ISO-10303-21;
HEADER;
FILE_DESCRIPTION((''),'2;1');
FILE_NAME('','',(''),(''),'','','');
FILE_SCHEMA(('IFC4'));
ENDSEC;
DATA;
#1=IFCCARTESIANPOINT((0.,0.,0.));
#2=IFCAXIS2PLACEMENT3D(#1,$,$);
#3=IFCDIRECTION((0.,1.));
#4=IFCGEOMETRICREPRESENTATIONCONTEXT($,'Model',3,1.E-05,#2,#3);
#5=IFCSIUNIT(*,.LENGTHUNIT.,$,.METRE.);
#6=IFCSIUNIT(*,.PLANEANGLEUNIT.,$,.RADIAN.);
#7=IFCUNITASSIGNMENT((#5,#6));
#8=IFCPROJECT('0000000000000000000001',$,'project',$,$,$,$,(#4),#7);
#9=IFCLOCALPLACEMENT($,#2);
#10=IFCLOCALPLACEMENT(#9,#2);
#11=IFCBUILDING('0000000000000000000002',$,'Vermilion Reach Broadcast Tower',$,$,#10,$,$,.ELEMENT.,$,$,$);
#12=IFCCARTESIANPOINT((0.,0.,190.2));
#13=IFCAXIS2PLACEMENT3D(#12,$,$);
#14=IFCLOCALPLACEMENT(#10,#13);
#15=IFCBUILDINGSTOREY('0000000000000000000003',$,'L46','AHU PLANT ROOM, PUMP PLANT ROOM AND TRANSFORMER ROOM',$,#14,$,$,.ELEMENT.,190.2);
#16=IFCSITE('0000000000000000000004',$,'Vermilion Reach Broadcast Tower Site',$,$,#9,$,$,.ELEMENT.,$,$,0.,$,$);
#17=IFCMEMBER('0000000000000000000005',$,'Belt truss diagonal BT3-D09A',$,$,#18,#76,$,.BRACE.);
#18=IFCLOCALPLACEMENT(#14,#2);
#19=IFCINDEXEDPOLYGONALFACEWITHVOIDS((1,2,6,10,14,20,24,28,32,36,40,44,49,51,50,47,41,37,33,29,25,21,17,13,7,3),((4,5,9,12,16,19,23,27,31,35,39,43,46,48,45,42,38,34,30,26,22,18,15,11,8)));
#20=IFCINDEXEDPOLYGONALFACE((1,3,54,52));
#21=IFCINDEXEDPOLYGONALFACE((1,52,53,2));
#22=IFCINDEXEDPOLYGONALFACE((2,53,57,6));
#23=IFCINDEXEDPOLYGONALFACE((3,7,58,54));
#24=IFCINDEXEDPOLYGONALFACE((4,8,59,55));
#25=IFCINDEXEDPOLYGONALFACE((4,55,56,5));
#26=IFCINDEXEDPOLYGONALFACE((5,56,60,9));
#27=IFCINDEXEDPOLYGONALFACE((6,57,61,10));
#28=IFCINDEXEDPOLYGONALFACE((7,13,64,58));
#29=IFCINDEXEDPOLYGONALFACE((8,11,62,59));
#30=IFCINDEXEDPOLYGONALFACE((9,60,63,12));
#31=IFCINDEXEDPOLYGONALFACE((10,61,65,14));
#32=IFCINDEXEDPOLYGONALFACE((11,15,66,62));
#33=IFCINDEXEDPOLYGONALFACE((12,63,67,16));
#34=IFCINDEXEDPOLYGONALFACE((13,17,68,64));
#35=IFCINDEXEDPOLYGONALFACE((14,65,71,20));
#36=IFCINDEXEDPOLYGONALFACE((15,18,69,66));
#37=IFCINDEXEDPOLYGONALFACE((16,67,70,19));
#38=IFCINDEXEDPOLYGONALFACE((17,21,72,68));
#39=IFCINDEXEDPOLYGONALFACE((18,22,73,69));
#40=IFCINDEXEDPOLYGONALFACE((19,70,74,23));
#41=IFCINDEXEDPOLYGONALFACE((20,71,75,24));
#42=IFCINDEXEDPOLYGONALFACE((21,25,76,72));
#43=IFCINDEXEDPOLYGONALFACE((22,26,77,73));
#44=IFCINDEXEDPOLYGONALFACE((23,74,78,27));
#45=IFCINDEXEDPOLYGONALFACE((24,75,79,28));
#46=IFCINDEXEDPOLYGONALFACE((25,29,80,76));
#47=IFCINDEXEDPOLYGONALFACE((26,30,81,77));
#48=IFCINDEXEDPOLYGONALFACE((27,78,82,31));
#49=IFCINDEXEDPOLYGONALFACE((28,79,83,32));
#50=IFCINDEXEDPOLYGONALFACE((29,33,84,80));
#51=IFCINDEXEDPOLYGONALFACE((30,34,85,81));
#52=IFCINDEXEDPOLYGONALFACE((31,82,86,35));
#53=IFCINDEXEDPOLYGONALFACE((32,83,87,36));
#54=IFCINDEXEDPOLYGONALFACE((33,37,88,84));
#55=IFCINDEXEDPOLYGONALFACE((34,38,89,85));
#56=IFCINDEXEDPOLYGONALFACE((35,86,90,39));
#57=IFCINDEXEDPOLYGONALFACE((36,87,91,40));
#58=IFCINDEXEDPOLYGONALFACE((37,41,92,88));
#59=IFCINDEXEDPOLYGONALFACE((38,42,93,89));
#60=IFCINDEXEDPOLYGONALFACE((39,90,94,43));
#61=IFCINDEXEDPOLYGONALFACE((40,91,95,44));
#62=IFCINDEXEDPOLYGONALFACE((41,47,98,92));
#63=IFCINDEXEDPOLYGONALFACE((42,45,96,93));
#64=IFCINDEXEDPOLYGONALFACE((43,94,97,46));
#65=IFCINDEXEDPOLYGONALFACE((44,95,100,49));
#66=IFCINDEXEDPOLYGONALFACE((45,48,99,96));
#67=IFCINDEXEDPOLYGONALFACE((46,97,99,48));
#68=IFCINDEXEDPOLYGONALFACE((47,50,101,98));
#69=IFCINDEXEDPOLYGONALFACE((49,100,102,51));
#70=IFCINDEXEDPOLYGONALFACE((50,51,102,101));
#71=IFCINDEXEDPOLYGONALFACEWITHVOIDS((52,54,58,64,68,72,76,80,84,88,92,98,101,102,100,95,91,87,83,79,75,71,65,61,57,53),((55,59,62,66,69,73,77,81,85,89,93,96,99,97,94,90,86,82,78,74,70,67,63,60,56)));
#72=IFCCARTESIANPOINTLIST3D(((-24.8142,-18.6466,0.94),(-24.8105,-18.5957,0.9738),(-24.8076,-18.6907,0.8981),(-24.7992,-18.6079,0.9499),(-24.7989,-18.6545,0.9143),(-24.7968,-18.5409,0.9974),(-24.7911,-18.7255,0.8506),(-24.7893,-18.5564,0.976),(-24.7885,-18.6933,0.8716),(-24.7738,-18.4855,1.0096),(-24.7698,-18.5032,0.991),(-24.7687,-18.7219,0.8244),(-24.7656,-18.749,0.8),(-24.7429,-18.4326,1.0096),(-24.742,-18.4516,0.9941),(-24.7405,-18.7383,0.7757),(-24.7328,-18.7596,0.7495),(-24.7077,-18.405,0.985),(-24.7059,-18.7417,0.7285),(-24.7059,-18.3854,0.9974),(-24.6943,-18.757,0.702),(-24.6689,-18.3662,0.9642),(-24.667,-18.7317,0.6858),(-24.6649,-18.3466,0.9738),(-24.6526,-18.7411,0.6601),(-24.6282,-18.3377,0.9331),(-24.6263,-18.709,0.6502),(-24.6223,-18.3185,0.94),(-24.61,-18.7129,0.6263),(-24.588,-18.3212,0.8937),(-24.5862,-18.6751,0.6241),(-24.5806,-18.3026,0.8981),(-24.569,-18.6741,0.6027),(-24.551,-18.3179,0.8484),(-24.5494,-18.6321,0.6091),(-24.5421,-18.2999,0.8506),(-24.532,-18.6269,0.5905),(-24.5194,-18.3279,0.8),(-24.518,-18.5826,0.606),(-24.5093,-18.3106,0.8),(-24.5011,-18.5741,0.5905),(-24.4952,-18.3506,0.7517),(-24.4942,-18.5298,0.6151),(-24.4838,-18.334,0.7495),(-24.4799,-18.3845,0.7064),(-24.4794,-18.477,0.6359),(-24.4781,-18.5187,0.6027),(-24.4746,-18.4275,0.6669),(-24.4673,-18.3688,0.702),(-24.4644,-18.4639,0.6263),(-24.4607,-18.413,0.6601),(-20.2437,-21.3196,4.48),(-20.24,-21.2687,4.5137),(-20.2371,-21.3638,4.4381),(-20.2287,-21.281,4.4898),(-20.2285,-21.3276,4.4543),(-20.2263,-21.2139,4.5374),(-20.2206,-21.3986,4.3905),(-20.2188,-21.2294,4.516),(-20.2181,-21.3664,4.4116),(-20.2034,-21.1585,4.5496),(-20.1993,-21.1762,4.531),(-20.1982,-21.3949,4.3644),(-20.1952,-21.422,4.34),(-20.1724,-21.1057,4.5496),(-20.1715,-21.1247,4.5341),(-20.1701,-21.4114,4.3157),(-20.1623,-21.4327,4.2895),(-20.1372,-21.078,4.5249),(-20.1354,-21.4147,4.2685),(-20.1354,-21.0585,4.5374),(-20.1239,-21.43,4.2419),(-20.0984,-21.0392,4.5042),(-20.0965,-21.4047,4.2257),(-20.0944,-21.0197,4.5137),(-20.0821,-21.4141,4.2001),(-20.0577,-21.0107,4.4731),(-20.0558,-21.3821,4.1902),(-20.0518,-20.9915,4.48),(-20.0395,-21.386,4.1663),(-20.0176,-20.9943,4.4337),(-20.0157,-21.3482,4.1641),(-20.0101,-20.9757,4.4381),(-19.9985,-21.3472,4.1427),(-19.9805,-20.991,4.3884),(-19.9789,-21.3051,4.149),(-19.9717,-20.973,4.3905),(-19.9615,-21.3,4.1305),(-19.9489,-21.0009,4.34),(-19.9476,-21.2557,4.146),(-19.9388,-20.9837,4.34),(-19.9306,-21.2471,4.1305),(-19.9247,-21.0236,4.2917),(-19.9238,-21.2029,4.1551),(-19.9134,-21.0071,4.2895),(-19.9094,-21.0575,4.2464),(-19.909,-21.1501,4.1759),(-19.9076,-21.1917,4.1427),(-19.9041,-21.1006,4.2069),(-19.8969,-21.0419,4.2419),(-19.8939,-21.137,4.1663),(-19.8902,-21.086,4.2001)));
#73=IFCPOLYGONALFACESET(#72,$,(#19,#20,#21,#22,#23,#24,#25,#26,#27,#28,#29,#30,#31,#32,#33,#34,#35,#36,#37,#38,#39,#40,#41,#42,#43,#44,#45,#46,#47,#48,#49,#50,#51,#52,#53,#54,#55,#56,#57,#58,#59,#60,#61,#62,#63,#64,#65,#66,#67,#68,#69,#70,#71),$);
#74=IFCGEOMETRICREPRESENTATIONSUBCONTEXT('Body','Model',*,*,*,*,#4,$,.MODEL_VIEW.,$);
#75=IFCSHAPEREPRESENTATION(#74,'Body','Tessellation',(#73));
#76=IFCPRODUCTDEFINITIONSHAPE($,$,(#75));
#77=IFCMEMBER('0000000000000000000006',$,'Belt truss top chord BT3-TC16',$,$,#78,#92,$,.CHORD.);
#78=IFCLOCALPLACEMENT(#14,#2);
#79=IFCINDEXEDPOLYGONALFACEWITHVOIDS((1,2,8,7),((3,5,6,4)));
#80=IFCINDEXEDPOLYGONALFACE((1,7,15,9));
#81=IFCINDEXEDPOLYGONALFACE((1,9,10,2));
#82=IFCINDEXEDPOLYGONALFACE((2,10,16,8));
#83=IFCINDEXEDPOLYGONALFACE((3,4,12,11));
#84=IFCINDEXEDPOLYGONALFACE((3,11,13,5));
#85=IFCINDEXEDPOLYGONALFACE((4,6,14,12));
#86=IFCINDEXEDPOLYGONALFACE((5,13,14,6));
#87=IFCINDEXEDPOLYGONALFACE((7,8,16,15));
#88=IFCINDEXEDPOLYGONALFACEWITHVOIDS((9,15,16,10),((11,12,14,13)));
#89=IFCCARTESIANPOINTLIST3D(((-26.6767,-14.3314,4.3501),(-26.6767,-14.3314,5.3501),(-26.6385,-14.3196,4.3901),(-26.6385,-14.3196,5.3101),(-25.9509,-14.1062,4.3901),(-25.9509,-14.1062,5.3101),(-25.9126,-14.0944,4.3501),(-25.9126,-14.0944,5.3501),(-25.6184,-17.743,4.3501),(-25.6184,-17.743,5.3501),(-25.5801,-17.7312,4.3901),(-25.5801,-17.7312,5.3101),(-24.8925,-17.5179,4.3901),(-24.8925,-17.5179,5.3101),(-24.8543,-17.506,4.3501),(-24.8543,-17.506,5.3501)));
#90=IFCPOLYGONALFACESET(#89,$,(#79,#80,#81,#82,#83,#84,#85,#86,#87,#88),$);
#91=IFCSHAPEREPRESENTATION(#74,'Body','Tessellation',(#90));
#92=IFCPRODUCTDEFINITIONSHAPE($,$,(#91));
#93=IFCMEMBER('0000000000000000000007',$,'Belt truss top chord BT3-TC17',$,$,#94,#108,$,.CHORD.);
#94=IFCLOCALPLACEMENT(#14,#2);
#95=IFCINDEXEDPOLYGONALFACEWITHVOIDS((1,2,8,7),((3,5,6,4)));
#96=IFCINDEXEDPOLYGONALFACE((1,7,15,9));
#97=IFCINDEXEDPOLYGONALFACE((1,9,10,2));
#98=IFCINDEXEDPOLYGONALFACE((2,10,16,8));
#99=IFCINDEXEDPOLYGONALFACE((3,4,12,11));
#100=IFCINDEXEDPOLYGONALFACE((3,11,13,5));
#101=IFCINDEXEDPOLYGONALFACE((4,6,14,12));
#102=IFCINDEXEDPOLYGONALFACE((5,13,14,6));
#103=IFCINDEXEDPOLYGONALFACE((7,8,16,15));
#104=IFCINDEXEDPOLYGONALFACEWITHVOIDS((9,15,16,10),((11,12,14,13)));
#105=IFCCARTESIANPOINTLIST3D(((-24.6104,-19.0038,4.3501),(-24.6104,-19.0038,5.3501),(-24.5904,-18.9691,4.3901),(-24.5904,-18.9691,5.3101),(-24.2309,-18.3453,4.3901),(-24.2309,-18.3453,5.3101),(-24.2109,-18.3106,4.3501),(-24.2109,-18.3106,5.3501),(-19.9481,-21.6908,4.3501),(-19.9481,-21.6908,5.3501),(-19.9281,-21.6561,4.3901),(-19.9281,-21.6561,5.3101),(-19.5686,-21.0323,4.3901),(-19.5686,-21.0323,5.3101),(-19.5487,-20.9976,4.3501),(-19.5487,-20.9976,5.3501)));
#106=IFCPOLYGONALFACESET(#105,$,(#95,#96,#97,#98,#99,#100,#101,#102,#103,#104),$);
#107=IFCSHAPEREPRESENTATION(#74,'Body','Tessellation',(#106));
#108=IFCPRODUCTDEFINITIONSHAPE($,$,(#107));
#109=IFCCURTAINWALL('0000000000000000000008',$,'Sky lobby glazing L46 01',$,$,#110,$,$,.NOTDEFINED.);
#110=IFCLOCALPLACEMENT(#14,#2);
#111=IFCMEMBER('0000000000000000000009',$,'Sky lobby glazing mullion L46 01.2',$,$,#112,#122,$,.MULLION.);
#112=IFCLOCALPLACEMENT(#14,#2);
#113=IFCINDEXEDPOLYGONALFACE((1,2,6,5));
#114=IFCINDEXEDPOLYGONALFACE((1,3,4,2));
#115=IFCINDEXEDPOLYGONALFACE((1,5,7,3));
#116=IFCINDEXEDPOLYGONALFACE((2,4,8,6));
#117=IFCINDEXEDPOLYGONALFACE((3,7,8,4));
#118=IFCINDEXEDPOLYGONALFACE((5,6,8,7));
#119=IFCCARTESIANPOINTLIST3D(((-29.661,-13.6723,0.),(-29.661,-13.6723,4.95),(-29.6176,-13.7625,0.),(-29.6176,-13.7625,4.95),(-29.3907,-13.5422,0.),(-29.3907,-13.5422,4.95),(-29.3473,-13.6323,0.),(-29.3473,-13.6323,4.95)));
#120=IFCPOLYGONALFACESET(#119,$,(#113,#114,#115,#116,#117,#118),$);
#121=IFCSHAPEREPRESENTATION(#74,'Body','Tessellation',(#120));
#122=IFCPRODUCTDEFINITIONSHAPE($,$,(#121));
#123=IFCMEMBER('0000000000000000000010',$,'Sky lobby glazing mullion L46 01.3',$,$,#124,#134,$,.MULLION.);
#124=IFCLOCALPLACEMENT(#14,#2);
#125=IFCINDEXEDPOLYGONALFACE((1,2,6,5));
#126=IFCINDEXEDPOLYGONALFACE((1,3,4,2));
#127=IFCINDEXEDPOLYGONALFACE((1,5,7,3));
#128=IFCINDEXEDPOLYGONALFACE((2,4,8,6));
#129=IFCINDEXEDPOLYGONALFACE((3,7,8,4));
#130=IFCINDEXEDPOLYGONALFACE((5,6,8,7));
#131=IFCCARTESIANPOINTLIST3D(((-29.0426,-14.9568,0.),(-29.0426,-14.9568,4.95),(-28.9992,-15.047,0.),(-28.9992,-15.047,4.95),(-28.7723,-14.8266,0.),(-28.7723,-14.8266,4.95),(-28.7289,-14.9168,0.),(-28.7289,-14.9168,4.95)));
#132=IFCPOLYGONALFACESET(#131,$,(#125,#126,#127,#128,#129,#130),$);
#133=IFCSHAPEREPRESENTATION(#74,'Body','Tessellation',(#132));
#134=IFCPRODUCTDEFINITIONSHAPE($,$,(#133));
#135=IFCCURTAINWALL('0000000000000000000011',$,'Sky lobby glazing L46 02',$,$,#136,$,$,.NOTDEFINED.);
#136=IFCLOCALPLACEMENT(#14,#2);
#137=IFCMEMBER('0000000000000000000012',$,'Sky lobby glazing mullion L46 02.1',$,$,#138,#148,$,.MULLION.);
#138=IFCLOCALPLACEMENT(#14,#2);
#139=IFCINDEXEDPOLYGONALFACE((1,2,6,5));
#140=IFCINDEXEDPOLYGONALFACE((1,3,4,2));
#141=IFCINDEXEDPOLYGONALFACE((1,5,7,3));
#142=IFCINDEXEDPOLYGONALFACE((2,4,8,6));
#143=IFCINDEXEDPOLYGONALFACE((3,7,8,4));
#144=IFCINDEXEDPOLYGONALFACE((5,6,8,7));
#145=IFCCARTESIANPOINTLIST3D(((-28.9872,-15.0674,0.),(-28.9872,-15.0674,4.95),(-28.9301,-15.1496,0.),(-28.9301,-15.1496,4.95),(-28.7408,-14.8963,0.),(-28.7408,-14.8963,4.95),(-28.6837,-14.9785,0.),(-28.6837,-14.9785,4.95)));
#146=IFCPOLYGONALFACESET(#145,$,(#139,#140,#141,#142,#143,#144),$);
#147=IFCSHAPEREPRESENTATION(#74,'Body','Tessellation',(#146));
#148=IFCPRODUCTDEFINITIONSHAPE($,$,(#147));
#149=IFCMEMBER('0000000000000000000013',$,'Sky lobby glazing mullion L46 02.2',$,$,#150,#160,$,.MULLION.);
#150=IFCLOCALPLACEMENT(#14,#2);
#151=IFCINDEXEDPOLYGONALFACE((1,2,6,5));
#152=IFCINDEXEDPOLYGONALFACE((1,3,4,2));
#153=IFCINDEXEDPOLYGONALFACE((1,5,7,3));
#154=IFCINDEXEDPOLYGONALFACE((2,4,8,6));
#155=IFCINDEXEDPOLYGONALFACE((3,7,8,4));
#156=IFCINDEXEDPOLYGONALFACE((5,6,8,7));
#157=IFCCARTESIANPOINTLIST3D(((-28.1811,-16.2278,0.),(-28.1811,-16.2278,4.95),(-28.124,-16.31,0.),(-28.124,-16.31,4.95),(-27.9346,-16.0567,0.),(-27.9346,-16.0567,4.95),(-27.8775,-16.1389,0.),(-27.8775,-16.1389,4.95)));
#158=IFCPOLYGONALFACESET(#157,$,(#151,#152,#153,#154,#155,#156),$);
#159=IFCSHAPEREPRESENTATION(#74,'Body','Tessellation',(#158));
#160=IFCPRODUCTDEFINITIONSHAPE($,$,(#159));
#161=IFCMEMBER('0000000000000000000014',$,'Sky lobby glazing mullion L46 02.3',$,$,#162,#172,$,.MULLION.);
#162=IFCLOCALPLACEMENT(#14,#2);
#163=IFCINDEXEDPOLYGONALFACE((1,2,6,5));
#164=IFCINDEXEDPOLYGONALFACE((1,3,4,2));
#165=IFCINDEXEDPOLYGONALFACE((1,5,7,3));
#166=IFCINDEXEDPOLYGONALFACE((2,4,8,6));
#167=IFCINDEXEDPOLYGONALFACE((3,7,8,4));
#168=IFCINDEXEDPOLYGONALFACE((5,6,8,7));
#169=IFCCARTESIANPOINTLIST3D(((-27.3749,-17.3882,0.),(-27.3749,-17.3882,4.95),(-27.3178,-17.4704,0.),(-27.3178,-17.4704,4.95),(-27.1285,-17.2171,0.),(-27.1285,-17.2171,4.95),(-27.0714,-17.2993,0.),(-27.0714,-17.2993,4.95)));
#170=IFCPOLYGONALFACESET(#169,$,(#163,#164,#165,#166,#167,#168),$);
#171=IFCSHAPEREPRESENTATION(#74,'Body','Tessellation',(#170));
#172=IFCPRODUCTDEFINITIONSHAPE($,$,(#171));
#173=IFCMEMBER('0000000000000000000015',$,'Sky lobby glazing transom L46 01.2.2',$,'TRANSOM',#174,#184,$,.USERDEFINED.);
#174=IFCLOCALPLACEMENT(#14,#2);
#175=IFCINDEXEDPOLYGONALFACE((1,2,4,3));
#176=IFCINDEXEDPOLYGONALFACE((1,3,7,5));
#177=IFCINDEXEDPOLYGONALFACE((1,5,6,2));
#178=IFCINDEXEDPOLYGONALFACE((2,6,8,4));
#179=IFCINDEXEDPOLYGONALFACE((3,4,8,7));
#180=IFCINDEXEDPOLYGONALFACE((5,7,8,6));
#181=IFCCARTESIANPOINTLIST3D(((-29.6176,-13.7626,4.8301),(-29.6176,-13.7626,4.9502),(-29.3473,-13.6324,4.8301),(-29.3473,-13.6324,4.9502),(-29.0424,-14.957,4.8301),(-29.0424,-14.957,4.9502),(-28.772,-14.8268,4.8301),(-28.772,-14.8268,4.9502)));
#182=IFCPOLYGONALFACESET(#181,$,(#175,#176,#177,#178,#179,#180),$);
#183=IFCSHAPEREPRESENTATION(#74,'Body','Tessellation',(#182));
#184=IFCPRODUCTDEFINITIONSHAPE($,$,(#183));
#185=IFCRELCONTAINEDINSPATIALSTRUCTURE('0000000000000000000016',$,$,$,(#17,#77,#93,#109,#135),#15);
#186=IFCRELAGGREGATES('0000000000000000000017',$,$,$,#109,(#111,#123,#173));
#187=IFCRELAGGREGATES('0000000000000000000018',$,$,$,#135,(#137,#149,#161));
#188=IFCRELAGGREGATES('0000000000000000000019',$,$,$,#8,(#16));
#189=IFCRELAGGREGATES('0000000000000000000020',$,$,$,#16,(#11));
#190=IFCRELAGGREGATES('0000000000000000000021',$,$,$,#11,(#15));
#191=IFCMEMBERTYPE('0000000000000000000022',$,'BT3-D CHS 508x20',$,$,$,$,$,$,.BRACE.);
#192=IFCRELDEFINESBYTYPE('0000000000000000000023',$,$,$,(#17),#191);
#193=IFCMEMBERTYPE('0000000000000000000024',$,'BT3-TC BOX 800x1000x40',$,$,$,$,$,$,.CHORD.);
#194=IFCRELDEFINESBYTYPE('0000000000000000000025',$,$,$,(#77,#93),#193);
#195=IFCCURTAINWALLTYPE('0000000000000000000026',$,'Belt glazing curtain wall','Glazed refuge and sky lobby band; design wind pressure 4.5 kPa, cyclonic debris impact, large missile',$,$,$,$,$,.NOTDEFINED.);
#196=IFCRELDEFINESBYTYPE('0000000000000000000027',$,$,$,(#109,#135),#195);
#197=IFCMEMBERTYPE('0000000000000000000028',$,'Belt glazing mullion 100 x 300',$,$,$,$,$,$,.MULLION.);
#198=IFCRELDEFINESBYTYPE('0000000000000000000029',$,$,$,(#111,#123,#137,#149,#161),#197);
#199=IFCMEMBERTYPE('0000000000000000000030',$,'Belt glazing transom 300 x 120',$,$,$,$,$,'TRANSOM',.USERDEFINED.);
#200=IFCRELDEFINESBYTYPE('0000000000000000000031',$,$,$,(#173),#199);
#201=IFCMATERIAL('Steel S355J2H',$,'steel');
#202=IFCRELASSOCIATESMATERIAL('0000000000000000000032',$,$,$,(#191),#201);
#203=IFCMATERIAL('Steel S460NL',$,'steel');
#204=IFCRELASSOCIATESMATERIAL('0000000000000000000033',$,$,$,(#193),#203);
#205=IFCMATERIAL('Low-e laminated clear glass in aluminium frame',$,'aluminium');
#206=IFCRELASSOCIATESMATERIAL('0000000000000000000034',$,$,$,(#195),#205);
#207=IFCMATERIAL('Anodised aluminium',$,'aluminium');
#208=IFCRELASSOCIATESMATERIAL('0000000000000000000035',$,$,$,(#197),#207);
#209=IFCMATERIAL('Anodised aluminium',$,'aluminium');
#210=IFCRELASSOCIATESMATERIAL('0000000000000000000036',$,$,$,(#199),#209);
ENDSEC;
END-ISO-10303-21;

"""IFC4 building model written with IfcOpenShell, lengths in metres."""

from ifc_helpers import new_model, si_unit, direction, frame, origin, origin_2d, place, context, subcontext, project, spatial, rectangle, hollow_rectangle, hollow_circle, extrude, material, material_profile, profile_set, type_object, element, aggregate, save


model = new_model("IFC4")

# Units and contexts
model_context = context("Model", 3, precision=1e-05, world=origin(), true_north=direction((0.0, 1.0)))
body_context = subcontext(model_context, "Body", "Model", "MODEL_VIEW")
ifc_project = project(units=[si_unit("LENGTHUNIT", "METRE"), si_unit("PLANEANGLEUNIT", "RADIAN")], contexts=[model_context])

# Site, building, storey
site_placement = place(None, origin())
site = spatial("IfcSite", under=ifc_project, at=site_placement, Name="Vermilion Reach Broadcast Tower Site", CompositionType="ELEMENT", RefElevation=0.0)
building_placement = place(site_placement, origin())
building = spatial("IfcBuilding", under=site, at=building_placement, Name="Vermilion Reach Broadcast Tower", CompositionType="ELEMENT")
storey_placement = place(building_placement, frame((0.0, 0.0, 190.2)))
storey = spatial("IfcBuildingStorey", under=building, at=storey_placement, Name="L46", Description="AHU PLANT ROOM, PUMP PLANT ROOM AND TRANSFORMER ROOM", CompositionType="ELEMENT", Elevation=190.2)

# Members
ifc_material_1 = material(Name="Steel S355J2H", Category="steel")
ifc_material_profile_1 = material_profile(ifc_material_1, hollow_circle(Radius=0.2539, WallThickness=0.02, at=origin_2d()), Name="S355J2H CHS 508x20")
ifc_profile_set_1 = profile_set([ifc_material_profile_1], Name="Steel S355J2H")
member_type_1 = type_object("IfcMemberType", Name="BT3-D CHS 508x20", PredefinedType="BRACE", material=ifc_profile_set_1)
member_1_placement = place(storey_placement, frame((-24.6375, -18.5298, 0.8), z_axis=(0.717598, -0.419688, 0.555802), x_axis=(0.504848, 0.863208, 0.0)))
element("IfcMember", 1, at=member_1_placement, inside=storey, type_object=member_type_1, Name="Belt truss diagonal BT3-D09A", PredefinedType="BRACE", context=body_context, shape_type="SweptSolid", body=[
    extrude(hollow_circle(Radius=0.2539, WallThickness=0.02, at=origin_2d()), origin(), (0.0, 0.0, 1.0), 6.3691),
])
ifc_material_2 = material(Name="Steel S460NL", Category="steel")
ifc_material_profile_2 = material_profile(ifc_material_2, hollow_rectangle(XDim=0.8, YDim=1.0, WallThickness=0.04, at=origin_2d()), Name="S460NL BOX 800x1000x40")
ifc_profile_set_2 = profile_set([ifc_material_profile_2], Name="Steel S460NL")
member_type_2 = type_object("IfcMemberType", Name="BT3-TC BOX 800x1000x40", PredefinedType="CHORD", material=ifc_profile_set_2)
member_2_placement = place(storey_placement, frame((-26.2947, -14.2129, 4.8501), z_axis=(0.29629, -0.955098, 0.0), x_axis=(0.955098, 0.29629, 0.0)))
element("IfcMember", 2, at=member_2_placement, inside=storey, type_object=member_type_2, Name="Belt truss top chord BT3-TC16", PredefinedType="CHORD", context=body_context, shape_type="SweptSolid", body=[
    extrude(hollow_rectangle(XDim=0.8, YDim=1.0, WallThickness=0.04, at=origin_2d()), origin(), (0.0, 0.0, 1.0), 3.572),
])
member_3_placement = place(storey_placement, frame((-24.4106, -18.6572, 4.8501), z_axis=(0.866411, -0.499331, 0.0), x_axis=(0.499331, 0.866411, 0.0)))
element("IfcMember", 3, at=member_3_placement, inside=storey, type_object=member_type_2, Name="Belt truss top chord BT3-TC17", PredefinedType="CHORD", context=body_context, shape_type="SweptSolid", body=[
    extrude(hollow_rectangle(XDim=0.8, YDim=1.0, WallThickness=0.04, at=origin_2d()), origin(), (0.0, 0.0, 1.0), 5.3811),
])

# Curtain walls, members
ifc_material_3 = material(Name="Low-e laminated clear glass in aluminium frame", Category="aluminium")
curtain_wall_type = type_object("IfcCurtainWallType", Name="Belt glazing curtain wall", Description="Glazed refuge and sky lobby band; design wind pressure 4.5 kPa, cyclonic debris impact, large missile", PredefinedType="NOTDEFINED", material=ifc_material_3)
placement = place(storey_placement, origin())
curtain_wall_1 = element("IfcCurtainWall", 4, at=placement, inside=storey, type_object=curtain_wall_type, Name="Sky lobby glazing L46 01", PredefinedType="NOTDEFINED")
ifc_material_4 = material(Name="Anodised aluminium", Category="aluminium")
ifc_material_profile_3 = material_profile(ifc_material_4, rectangle(XDim=0.3, YDim=0.1001, at=origin_2d()), Name="Belt glazing mullion 100 x 300")
ifc_profile_set_3 = profile_set([ifc_material_profile_3], Name="Anodised aluminium")
member_type_3 = type_object("IfcMemberType", Name="Belt glazing mullion 100 x 300", PredefinedType="MULLION", material=ifc_profile_set_3)
member_4_placement = place(storey_placement, frame((-29.5042, -13.6523, 0.0), z_axis=(0.0, 0.0, 1.0), x_axis=(0.90096, 0.433902, 0.0)))
member_4 = element("IfcMember", 5, at=member_4_placement, type_object=member_type_3, Name="Sky lobby glazing mullion L46 01.2", PredefinedType="MULLION", context=body_context, shape_type="SweptSolid", body=[
    extrude(rectangle(XDim=0.3, YDim=0.1001, at=origin_2d()), origin(), (0.0, 0.0, 1.0), 4.95),
])
member_5_placement = place(storey_placement, frame((-28.8857, -14.9368, 0.0), z_axis=(0.0, 0.0, 1.0), x_axis=(0.90096, 0.433902, 0.0)))
member_5 = element("IfcMember", 6, at=member_5_placement, type_object=member_type_3, Name="Sky lobby glazing mullion L46 01.3", PredefinedType="MULLION", context=body_context, shape_type="SweptSolid", body=[
    extrude(rectangle(XDim=0.3, YDim=0.1001, at=origin_2d()), origin(), (0.0, 0.0, 1.0), 4.95),
])
curtain_wall_2 = element("IfcCurtainWall", 7, at=placement, inside=storey, type_object=curtain_wall_type, Name="Sky lobby glazing L46 02", PredefinedType="NOTDEFINED")
member_6_placement = place(storey_placement, frame((-28.8354, -15.0229, 0.0), z_axis=(0.0, 0.0, 1.0), x_axis=(0.821281, 0.570524, 0.0)))
member_6 = element("IfcMember", 8, at=member_6_placement, type_object=member_type_3, Name="Sky lobby glazing mullion L46 02.1", PredefinedType="MULLION", context=body_context, shape_type="SweptSolid", body=[
    extrude(rectangle(XDim=0.3, YDim=0.1001, at=origin_2d()), origin(), (0.0, 0.0, 1.0), 4.95),
])
member_7_placement = place(storey_placement, frame((-28.0293, -16.1833, 0.0), z_axis=(0.0, 0.0, 1.0), x_axis=(0.821281, 0.570524, 0.0)))
member_7 = element("IfcMember", 9, at=member_7_placement, type_object=member_type_3, Name="Sky lobby glazing mullion L46 02.2", PredefinedType="MULLION", context=body_context, shape_type="SweptSolid", body=[
    extrude(rectangle(XDim=0.3, YDim=0.1001, at=origin_2d()), origin(), (0.0, 0.0, 1.0), 4.95),
])
member_8_placement = place(storey_placement, frame((-27.2231, -17.3438, 0.0), z_axis=(0.0, 0.0, 1.0), x_axis=(0.821281, 0.570524, 0.0)))
member_8 = element("IfcMember", 10, at=member_8_placement, type_object=member_type_3, Name="Sky lobby glazing mullion L46 02.3", PredefinedType="MULLION", context=body_context, shape_type="SweptSolid", body=[
    extrude(rectangle(XDim=0.3, YDim=0.1001, at=origin_2d()), origin(), (0.0, 0.0, 1.0), 4.95),
])

# Member
ifc_material_5 = material(Name="Anodised aluminium", Category="aluminium")
ifc_material_profile_4 = material_profile(ifc_material_5, rectangle(XDim=0.3, YDim=0.1201, at=origin_2d()), Name="Belt glazing transom 300 x 120")
ifc_profile_set_4 = profile_set([ifc_material_profile_4], Name="Anodised aluminium")
member_type_4 = type_object("IfcMemberType", Name="Belt glazing transom 300 x 120", ElementType="TRANSOM", PredefinedType="USERDEFINED", material=ifc_profile_set_4)
member_9_placement = place(storey_placement, frame((-29.4824, -13.6975, 4.8901), z_axis=(0.433904, -0.900959, 0.0), x_axis=(0.900959, 0.433904, 0.0)))
member_9 = element("IfcMember", 11, at=member_9_placement, type_object=member_type_4, Name="Sky lobby glazing transom L46 01.2.2", ObjectType="TRANSOM", PredefinedType="USERDEFINED", context=body_context, shape_type="SweptSolid", body=[
    extrude(rectangle(XDim=0.3, YDim=0.1201, at=origin_2d()), origin(), (0.0, 0.0, 1.0), 1.3257),
])

aggregate(curtain_wall_1, [member_4, member_5, member_9])
aggregate(curtain_wall_2, [member_6, member_7, member_8])

save(model, "model.ifc")
